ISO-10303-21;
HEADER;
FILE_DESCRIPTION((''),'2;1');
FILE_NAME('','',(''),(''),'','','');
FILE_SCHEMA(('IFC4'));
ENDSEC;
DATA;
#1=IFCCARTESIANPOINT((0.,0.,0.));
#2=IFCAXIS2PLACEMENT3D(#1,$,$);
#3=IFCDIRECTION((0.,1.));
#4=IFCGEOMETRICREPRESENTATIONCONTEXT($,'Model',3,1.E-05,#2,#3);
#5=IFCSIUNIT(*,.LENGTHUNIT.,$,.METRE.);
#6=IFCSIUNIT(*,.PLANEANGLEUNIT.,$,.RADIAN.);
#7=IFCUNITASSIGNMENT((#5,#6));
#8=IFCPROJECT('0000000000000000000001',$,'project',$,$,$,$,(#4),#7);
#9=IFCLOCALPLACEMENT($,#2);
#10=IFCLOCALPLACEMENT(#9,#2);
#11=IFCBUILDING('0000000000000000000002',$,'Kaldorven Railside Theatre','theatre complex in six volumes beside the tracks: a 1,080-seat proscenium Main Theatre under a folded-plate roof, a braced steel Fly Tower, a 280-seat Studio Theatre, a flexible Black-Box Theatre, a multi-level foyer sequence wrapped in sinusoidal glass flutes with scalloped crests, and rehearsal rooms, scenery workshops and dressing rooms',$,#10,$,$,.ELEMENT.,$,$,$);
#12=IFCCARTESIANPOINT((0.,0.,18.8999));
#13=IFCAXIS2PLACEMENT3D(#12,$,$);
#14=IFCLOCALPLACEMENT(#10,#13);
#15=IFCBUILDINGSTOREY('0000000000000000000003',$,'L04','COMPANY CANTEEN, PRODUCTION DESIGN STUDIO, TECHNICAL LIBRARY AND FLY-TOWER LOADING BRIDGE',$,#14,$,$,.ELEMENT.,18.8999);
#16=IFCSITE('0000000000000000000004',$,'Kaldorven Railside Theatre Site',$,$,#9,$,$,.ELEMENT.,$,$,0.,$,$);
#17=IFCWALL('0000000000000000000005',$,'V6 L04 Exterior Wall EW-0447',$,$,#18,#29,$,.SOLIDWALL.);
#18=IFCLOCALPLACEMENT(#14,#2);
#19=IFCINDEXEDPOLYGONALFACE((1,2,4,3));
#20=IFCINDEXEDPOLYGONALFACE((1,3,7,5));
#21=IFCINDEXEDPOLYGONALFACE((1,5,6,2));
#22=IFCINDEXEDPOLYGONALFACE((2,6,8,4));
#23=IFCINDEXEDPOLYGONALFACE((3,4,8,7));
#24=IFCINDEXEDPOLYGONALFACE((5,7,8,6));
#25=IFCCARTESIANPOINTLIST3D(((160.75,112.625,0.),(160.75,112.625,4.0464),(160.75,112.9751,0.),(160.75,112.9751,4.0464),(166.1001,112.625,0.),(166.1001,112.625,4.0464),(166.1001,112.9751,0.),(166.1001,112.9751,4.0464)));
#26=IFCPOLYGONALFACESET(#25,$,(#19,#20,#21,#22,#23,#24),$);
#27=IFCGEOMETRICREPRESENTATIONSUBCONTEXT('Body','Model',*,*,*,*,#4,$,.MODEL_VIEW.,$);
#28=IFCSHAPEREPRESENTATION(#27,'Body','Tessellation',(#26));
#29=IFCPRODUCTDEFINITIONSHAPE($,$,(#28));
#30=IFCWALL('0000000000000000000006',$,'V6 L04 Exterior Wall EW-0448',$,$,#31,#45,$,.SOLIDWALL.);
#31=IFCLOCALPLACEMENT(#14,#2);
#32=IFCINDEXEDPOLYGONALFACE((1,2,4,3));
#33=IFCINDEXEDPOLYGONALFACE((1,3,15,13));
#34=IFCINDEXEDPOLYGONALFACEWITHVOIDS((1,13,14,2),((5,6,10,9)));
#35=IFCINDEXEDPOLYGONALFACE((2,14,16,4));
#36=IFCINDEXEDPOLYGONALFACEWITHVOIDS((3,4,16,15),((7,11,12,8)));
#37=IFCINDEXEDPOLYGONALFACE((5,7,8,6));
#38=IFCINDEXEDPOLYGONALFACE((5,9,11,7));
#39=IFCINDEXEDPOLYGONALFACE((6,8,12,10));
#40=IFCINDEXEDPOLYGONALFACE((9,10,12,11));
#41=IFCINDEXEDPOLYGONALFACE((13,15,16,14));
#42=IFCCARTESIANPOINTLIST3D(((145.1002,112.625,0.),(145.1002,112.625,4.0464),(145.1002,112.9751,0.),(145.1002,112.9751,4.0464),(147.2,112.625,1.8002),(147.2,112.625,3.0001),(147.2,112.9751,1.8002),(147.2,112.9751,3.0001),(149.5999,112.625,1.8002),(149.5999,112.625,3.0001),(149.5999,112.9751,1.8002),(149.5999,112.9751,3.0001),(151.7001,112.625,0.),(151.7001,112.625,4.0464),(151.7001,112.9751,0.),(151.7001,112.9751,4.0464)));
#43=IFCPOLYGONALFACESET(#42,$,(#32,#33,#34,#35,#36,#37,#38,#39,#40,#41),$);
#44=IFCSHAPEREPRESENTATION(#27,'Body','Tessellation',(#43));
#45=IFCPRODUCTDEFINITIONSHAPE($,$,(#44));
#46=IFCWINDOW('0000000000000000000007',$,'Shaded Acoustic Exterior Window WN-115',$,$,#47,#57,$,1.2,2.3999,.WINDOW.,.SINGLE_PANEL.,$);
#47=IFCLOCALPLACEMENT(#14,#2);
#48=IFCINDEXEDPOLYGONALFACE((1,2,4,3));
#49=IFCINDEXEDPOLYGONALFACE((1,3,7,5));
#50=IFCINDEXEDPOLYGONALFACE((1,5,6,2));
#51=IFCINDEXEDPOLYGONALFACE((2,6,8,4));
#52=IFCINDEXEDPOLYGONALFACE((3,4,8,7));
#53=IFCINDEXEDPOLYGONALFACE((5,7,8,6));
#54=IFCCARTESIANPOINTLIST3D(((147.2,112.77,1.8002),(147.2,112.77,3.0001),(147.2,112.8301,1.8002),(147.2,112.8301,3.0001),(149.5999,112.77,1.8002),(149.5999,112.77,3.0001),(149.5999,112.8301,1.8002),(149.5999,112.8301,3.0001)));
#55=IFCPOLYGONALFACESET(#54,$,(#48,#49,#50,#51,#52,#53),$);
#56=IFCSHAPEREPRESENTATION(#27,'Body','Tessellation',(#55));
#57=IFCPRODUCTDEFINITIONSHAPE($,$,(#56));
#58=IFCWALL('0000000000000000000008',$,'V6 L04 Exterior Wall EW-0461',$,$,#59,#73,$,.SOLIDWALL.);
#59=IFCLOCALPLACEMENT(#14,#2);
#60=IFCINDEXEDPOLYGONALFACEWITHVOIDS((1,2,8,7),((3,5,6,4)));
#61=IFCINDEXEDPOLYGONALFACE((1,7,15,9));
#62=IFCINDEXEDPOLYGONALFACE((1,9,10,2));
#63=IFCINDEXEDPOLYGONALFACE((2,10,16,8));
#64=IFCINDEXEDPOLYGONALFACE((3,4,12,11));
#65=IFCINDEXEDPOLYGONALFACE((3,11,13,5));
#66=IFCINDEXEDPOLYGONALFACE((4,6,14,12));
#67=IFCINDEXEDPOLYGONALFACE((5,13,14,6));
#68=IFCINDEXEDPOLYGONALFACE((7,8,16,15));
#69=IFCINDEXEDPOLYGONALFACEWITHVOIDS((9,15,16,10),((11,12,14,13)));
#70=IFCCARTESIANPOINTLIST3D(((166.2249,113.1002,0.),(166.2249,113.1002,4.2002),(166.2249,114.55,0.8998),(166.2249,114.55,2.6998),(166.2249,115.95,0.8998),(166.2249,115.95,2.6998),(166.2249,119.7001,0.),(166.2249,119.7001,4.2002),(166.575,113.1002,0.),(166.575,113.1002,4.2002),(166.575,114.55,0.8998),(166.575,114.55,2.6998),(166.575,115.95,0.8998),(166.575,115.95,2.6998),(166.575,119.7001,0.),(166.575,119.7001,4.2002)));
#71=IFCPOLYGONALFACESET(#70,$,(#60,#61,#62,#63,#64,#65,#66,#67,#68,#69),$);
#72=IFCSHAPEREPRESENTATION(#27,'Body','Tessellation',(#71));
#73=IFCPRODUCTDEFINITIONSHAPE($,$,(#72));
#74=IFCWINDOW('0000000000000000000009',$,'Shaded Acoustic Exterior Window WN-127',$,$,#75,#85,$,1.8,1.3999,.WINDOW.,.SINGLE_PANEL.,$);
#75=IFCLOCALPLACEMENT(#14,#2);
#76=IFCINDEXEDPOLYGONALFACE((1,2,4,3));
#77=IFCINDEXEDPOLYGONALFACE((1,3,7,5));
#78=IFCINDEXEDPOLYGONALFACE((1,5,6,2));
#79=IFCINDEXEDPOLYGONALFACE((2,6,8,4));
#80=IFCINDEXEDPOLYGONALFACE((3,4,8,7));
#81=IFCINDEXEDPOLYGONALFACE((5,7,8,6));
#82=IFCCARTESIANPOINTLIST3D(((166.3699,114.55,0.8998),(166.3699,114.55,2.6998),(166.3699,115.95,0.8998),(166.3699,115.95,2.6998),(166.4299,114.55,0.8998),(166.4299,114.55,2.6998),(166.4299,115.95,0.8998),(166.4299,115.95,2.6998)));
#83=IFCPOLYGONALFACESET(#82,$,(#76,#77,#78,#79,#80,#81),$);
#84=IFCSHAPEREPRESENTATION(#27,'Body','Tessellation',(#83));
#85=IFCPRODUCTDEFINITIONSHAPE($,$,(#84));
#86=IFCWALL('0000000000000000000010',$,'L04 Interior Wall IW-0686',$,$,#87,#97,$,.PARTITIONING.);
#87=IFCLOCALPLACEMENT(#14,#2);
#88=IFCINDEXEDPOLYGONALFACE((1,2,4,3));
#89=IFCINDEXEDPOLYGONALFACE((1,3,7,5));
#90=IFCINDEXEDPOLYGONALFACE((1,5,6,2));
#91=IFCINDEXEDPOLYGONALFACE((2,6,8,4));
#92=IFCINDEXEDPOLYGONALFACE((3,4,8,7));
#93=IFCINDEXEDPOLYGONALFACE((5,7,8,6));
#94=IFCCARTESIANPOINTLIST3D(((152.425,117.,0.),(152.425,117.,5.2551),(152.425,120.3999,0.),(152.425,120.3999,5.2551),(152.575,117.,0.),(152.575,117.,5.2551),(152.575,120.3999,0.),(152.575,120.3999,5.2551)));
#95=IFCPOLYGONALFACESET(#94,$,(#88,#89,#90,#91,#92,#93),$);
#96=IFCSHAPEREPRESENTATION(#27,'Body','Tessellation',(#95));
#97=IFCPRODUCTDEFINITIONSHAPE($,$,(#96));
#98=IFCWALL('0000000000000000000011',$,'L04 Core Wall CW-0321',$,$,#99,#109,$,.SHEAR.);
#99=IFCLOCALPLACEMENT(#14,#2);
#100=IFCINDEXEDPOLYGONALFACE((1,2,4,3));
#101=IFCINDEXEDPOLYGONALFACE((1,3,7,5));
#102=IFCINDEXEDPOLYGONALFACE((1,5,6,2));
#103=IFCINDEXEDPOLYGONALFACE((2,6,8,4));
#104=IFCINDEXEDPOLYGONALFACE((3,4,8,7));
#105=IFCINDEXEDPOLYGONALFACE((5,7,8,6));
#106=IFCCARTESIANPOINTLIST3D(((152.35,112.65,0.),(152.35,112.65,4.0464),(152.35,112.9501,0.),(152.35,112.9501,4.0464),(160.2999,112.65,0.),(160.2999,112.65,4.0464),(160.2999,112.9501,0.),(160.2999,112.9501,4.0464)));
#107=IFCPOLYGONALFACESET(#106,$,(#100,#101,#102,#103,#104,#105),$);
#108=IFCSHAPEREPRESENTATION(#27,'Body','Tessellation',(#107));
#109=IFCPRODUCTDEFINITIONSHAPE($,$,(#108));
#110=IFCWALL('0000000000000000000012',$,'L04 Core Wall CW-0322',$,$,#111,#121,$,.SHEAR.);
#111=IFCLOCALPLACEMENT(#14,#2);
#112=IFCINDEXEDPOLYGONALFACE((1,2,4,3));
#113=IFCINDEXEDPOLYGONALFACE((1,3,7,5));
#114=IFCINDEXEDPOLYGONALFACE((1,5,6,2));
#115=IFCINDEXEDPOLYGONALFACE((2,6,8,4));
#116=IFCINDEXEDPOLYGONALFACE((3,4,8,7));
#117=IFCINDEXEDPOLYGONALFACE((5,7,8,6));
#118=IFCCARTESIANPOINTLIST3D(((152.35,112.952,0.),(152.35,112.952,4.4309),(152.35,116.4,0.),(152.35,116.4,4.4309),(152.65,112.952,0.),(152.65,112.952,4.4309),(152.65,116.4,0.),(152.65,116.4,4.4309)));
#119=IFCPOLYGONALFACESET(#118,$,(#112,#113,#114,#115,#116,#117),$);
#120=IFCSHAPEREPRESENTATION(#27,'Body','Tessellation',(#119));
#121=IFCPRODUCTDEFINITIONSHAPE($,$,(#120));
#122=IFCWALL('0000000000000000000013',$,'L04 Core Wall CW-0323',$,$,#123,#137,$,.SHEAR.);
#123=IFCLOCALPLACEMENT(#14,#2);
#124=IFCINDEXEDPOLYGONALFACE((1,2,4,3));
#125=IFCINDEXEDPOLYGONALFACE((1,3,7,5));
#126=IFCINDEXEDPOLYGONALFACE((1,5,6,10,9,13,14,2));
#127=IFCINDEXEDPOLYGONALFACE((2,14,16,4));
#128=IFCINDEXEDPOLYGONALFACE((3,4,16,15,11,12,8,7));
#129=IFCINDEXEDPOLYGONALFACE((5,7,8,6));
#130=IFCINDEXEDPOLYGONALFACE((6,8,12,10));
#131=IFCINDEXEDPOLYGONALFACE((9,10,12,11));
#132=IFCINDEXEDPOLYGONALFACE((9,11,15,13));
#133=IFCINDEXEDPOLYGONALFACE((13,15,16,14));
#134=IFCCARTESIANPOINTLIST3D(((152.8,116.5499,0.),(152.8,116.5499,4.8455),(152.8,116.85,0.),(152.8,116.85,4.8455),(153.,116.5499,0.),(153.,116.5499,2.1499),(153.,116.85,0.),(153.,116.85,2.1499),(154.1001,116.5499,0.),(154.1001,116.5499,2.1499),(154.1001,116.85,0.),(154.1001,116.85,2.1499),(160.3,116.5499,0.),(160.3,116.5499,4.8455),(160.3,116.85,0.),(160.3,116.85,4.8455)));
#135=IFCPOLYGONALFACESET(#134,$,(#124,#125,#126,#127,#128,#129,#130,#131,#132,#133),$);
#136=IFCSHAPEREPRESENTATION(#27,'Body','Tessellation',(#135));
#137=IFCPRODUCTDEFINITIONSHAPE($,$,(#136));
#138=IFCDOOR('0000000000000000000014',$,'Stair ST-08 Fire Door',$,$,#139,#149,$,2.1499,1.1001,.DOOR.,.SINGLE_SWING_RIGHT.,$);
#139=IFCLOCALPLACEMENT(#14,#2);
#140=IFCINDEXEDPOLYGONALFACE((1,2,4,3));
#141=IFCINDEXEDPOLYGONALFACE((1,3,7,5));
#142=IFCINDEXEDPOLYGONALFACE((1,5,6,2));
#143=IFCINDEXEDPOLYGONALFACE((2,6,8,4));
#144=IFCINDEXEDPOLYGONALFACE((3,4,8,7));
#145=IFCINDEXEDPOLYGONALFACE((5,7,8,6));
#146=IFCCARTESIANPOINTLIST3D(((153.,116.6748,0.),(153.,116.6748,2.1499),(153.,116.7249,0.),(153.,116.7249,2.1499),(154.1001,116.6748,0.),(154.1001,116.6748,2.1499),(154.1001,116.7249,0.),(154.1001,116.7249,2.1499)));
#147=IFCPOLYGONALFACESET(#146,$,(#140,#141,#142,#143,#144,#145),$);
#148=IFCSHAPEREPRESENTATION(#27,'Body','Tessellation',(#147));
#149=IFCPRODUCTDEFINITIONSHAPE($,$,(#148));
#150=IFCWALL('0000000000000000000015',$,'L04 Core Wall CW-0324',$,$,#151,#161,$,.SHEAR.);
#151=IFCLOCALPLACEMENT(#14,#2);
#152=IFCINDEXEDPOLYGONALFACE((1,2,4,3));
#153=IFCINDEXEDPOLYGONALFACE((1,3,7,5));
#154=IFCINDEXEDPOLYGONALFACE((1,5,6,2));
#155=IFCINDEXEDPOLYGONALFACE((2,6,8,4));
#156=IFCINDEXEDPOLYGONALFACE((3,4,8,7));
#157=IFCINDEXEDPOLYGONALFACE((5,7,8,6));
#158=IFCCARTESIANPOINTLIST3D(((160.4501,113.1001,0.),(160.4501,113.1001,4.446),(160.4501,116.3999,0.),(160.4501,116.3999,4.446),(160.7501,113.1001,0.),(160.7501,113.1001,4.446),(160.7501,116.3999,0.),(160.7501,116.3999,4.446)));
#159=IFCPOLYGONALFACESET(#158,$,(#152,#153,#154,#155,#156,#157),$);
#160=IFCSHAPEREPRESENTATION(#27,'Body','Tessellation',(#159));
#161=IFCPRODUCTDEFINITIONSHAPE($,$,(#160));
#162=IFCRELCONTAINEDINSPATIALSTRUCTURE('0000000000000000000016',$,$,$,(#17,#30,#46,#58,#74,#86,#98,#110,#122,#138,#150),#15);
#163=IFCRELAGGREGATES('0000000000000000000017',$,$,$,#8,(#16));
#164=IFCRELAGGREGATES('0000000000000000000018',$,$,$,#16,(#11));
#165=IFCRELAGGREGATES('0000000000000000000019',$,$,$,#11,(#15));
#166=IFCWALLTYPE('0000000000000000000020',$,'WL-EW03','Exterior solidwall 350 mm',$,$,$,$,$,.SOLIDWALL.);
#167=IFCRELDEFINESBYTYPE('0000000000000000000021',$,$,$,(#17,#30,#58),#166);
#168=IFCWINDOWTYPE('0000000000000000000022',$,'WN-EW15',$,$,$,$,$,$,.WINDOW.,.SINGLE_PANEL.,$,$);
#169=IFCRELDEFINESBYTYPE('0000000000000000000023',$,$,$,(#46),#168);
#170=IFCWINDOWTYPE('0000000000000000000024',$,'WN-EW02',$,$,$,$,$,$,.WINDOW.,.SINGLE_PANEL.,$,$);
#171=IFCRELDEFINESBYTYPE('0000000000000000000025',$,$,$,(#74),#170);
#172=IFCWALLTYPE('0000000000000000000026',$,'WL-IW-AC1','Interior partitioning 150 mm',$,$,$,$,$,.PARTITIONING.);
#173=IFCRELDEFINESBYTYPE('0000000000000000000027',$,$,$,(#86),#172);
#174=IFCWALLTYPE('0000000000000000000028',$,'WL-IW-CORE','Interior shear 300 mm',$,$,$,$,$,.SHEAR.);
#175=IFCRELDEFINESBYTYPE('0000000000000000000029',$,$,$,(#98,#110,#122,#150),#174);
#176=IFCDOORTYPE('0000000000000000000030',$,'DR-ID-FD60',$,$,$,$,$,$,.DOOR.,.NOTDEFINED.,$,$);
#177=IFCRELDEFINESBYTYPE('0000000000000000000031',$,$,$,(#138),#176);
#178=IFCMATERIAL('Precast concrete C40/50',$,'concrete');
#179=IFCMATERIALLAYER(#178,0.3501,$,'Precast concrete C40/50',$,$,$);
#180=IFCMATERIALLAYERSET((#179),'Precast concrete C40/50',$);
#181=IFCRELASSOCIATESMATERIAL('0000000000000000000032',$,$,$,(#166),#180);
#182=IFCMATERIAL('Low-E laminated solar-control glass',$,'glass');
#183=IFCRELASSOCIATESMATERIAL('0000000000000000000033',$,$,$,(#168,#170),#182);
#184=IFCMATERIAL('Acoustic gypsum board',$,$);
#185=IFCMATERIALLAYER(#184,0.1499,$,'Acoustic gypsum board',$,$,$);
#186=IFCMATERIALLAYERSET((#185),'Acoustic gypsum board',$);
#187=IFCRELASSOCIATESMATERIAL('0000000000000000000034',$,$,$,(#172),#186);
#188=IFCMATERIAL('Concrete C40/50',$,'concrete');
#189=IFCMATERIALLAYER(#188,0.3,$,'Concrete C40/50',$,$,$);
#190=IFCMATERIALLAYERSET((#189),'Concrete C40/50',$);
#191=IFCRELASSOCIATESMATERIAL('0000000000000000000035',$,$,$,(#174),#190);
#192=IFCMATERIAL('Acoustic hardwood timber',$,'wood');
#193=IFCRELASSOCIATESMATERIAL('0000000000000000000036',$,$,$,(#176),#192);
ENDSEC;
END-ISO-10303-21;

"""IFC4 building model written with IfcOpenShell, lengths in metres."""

from ifc_helpers import new_model, si_unit, direction, frame, frame_2d, origin, place, context, subcontext, project, spatial, rectangle, extrude, material, layer, layer_set, type_object, element, fill, save


model = new_model("IFC4")

# Units and contexts
model_context = context("Model", 3, precision=1e-05, world=origin(), true_north=direction((0.0, 1.0)))
body_context = subcontext(model_context, "Body", "Model", "MODEL_VIEW")
ifc_project = project(units=[si_unit("LENGTHUNIT", "METRE"), si_unit("PLANEANGLEUNIT", "RADIAN")], contexts=[model_context])

# Site, building, storey
site_placement = place(None, origin())
site = spatial("IfcSite", under=ifc_project, at=site_placement, Name="Kaldorven Railside Theatre Site", CompositionType="ELEMENT", RefElevation=0.0)
building_placement = place(site_placement, origin())
building = spatial("IfcBuilding", under=site, at=building_placement, Name="Kaldorven Railside Theatre", Description="theatre complex in six volumes beside the tracks: a 1,080-seat proscenium Main Theatre under a folded-plate roof, a braced steel Fly Tower, a 280-seat Studio Theatre, a flexible Black-Box Theatre, a multi-level foyer sequence wrapped in sinusoidal glass flutes with scalloped crests, and rehearsal rooms, scenery workshops and dressing rooms", CompositionType="ELEMENT")
storey_placement = place(building_placement, frame((0.0, 0.0, 18.8999)))
storey = spatial("IfcBuildingStorey", under=building, at=storey_placement, Name="L04", Description="COMPANY CANTEEN, PRODUCTION DESIGN STUDIO, TECHNICAL LIBRARY AND FLY-TOWER LOADING BRIDGE", CompositionType="ELEMENT", Elevation=18.8999)

# Shared definitions
ifc_material_1 = material(Name="Concrete C40/50", Category="concrete")

# Wall
ifc_material_2 = material(Name="Precast concrete C40/50", Category="concrete")
ifc_layer_1 = layer(ifc_material_2, 0.3501, Name="Precast concrete C40/50")
ifc_layer_set_1 = layer_set([ifc_layer_1], Name="Precast concrete C40/50")
wall_type_1 = type_object("IfcWallType", Name="WL-EW03", Description="Exterior solidwall 350 mm", PredefinedType="SOLIDWALL", material=ifc_layer_set_1)
wall_1_placement = place(storey_placement, frame((166.1001, 112.8, 0.0), z_axis=(0.0, 0.0, 1.0), x_axis=(-1.0, 0.0, 0.0)))
element("IfcWall", 1, at=wall_1_placement, inside=storey, type_object=wall_type_1, Name="V6 L04 Exterior Wall EW-0447", PredefinedType="SOLIDWALL", context=body_context, shape_type="SweptSolid", body=[
    extrude(rectangle(XDim=5.3501, YDim=0.3501, at=frame_2d((2.675, 0.0))), origin(), (0.0, 0.0, 1.0), 4.0464),
])

# Walls, openings, windows
wall_2_placement = place(storey_placement, frame((151.7, 112.8, 0.0), z_axis=(0.0, 0.0, 1.0), x_axis=(-1.0, 0.0, 0.0)))
wall_2 = element("IfcWall", 2, at=wall_2_placement, inside=storey, type_object=wall_type_1, Name="V6 L04 Exterior Wall EW-0448", PredefinedType="SOLIDWALL", context=body_context, shape_type="SweptSolid", body=[
    extrude(rectangle(XDim=6.5999, YDim=0.3501, at=frame_2d((3.2998, 0.0))), origin(), (0.0, 0.0, 1.0), 4.0464),
])
opening_1_placement = place(wall_2_placement, frame((2.1001, 0.0, 1.8)))
opening_1 = element("IfcOpeningElement", 3, at=opening_1_placement, cuts=wall_2, PredefinedType="OPENING", context=body_context, shape_type="SweptSolid", body=[
    extrude(rectangle(XDim=2.3999, YDim=1.2, at=frame_2d((1.2, 0.6001))), frame((0.0, 0.1851, 0.0), z_axis=(0.0, -1.0, 0.0), x_axis=(1.0, 0.0, 0.0)), (0.0, 0.0, 1.0), 0.3701),
])
ifc_material_3 = material(Name="Low-E laminated solar-control glass", Category="glass")
window_type_1 = type_object("IfcWindowType", Name="WN-EW15", PartitioningType="SINGLE_PANEL", PredefinedType="WINDOW", material=ifc_material_3)
window_1_placement = place(opening_1_placement, origin())
window_1 = element("IfcWindow", 4, at=window_1_placement, inside=storey, type_object=window_type_1, Name="Shaded Acoustic Exterior Window WN-115", OverallHeight=1.2, OverallWidth=2.3999, PartitioningType="SINGLE_PANEL", PredefinedType="WINDOW", context=body_context, shape_type="SweptSolid", body=[
    extrude(rectangle(XDim=2.3999, YDim=1.2, at=frame_2d((1.2, 0.6001))), frame((0.0, 0.03, 0.0), z_axis=(0.0, -1.0, 0.0), x_axis=(1.0, 0.0, 0.0)), (0.0, 0.0, 1.0), 0.0601),
])
fill(opening_1, window_1)
wall_3_placement = place(storey_placement, frame((166.3999, 119.7, 0.0), z_axis=(0.0, 0.0, 1.0), x_axis=(0.0, -1.0, 0.0)))
wall_3 = element("IfcWall", 5, at=wall_3_placement, inside=storey, type_object=wall_type_1, Name="V6 L04 Exterior Wall EW-0461", PredefinedType="SOLIDWALL", context=body_context, shape_type="SweptSolid", body=[
    extrude(rectangle(XDim=6.5999, YDim=0.3501, at=frame_2d((3.2998, 0.0))), origin(), (0.0, 0.0, 1.0), 4.2002),
])
opening_2_placement = place(wall_3_placement, frame((3.75, 0.0, 0.8999)))
opening_2 = element("IfcOpeningElement", 6, at=opening_2_placement, cuts=wall_3, PredefinedType="OPENING", context=body_context, shape_type="SweptSolid", body=[
    extrude(rectangle(XDim=1.3999, YDim=1.8, at=frame_2d((0.7, 0.8999))), frame((0.0, 0.1851, 0.0), z_axis=(0.0, -1.0, 0.0), x_axis=(1.0, 0.0, 0.0)), (0.0, 0.0, 1.0), 0.3701),
])
window_type_2 = type_object("IfcWindowType", Name="WN-EW02", PartitioningType="SINGLE_PANEL", PredefinedType="WINDOW", material=ifc_material_3)
window_2_placement = place(opening_2_placement, origin())
window_2 = element("IfcWindow", 7, at=window_2_placement, inside=storey, type_object=window_type_2, Name="Shaded Acoustic Exterior Window WN-127", OverallHeight=1.8, OverallWidth=1.3999, PartitioningType="SINGLE_PANEL", PredefinedType="WINDOW", context=body_context, shape_type="SweptSolid", body=[
    extrude(rectangle(XDim=1.3999, YDim=1.8, at=frame_2d((0.7, 0.8999))), frame((0.0, 0.03, 0.0), z_axis=(0.0, -1.0, 0.0), x_axis=(1.0, 0.0, 0.0)), (0.0, 0.0, 1.0), 0.0601),
])
fill(opening_2, window_2)

# Walls
ifc_material_4 = material(Name="Acoustic gypsum board")
ifc_layer_2 = layer(ifc_material_4, 0.1499, Name="Acoustic gypsum board")
ifc_layer_set_2 = layer_set([ifc_layer_2], Name="Acoustic gypsum board")
wall_type_2 = type_object("IfcWallType", Name="WL-IW-AC1", Description="Interior partitioning 150 mm", PredefinedType="PARTITIONING", material=ifc_layer_set_2)
wall_4_placement = place(storey_placement, frame((152.5, 117.0, 0.0), z_axis=(0.0, 0.0, 1.0), x_axis=(0.0, 1.0, 0.0)))
element("IfcWall", 8, at=wall_4_placement, inside=storey, type_object=wall_type_2, Name="L04 Interior Wall IW-0686", PredefinedType="PARTITIONING", context=body_context, shape_type="SweptSolid", body=[
    extrude(rectangle(XDim=3.3999, YDim=0.1499, at=frame_2d((1.7, 0.0))), origin(), (0.0, 0.0, 1.0), 5.2551),
])
ifc_layer_3 = layer(ifc_material_1, 0.3, Name="Concrete C40/50")
ifc_layer_set_3 = layer_set([ifc_layer_3], Name="Concrete C40/50")
wall_type_3 = type_object("IfcWallType", Name="WL-IW-CORE", Description="Interior shear 300 mm", PredefinedType="SHEAR", material=ifc_layer_set_3)
wall_5_placement = place(storey_placement, frame((160.3, 112.8, 0.0), z_axis=(0.0, 0.0, 1.0), x_axis=(-1.0, 0.0, 0.0)))
element("IfcWall", 9, at=wall_5_placement, inside=storey, type_object=wall_type_3, Name="L04 Core Wall CW-0321", PredefinedType="SHEAR", context=body_context, shape_type="SweptSolid", body=[
    extrude(rectangle(XDim=7.95, YDim=0.3, at=frame_2d((3.9751, 0.0))), origin(), (0.0, 0.0, 1.0), 4.0464),
])
wall_6_placement = place(storey_placement, frame((152.5, 112.9519, 0.0), z_axis=(0.0, 0.0, 1.0), x_axis=(0.0, 1.0, 0.0)))
element("IfcWall", 10, at=wall_6_placement, inside=storey, type_object=wall_type_3, Name="L04 Core Wall CW-0322", PredefinedType="SHEAR", context=body_context, shape_type="SweptSolid", body=[
    extrude(rectangle(XDim=3.448, YDim=0.3, at=frame_2d((1.7241, 0.0))), origin(), (0.0, 0.0, 1.0), 4.4309),
])

# Wall, opening, door
wall_7_placement = place(storey_placement, frame((152.8, 116.7, 0.0), z_axis=(0.0, 0.0, 1.0), x_axis=(1.0, 0.0, 0.0)))
wall_7 = element("IfcWall", 11, at=wall_7_placement, inside=storey, type_object=wall_type_3, Name="L04 Core Wall CW-0323", PredefinedType="SHEAR", context=body_context, shape_type="SweptSolid", body=[
    extrude(rectangle(XDim=7.5, YDim=0.3, at=frame_2d((3.75, 0.0))), origin(), (0.0, 0.0, 1.0), 4.8455),
])
opening_3_placement = place(wall_7_placement, frame((0.2, 0.0, 0.0)))
opening_3 = element("IfcOpeningElement", 12, at=opening_3_placement, cuts=wall_7, PredefinedType="OPENING", context=body_context, shape_type="SweptSolid", body=[
    extrude(rectangle(XDim=1.1001, YDim=2.1499, at=frame_2d((0.55, 1.075))), frame((0.0, 0.1602, 0.0), z_axis=(0.0, -1.0, 0.0), x_axis=(1.0, 0.0, 0.0)), (0.0, 0.0, 1.0), 0.3201),
])
ifc_material_5 = material(Name="Acoustic hardwood timber", Category="wood")
door_type = type_object("IfcDoorType", Name="DR-ID-FD60", OperationType="NOTDEFINED", PredefinedType="DOOR", material=ifc_material_5)
door_placement = place(opening_3_placement, origin())
door = element("IfcDoor", 13, at=door_placement, inside=storey, type_object=door_type, Name="Stair ST-08 Fire Door", OperationType="SINGLE_SWING_RIGHT", OverallHeight=2.1499, OverallWidth=1.1001, PredefinedType="DOOR", context=body_context, shape_type="SweptSolid", body=[
    extrude(rectangle(XDim=1.1001, YDim=2.1499, at=frame_2d((0.55, 1.075))), frame((0.0, 0.0249, 0.0), z_axis=(0.0, -1.0, 0.0), x_axis=(1.0, 0.0, 0.0)), (0.0, 0.0, 1.0), 0.05),
])
fill(opening_3, door)

# Wall
wall_8_placement = place(storey_placement, frame((160.6001, 116.3999, 0.0), z_axis=(0.0, 0.0, 1.0), x_axis=(0.0, -1.0, 0.0)))
element("IfcWall", 14, at=wall_8_placement, inside=storey, type_object=wall_type_3, Name="L04 Core Wall CW-0324", PredefinedType="SHEAR", context=body_context, shape_type="SweptSolid", body=[
    extrude(rectangle(XDim=3.2998, YDim=0.3, at=frame_2d((1.6499, 0.0))), origin(), (0.0, 0.0, 1.0), 4.446),
])

save(model, "model.ifc")
